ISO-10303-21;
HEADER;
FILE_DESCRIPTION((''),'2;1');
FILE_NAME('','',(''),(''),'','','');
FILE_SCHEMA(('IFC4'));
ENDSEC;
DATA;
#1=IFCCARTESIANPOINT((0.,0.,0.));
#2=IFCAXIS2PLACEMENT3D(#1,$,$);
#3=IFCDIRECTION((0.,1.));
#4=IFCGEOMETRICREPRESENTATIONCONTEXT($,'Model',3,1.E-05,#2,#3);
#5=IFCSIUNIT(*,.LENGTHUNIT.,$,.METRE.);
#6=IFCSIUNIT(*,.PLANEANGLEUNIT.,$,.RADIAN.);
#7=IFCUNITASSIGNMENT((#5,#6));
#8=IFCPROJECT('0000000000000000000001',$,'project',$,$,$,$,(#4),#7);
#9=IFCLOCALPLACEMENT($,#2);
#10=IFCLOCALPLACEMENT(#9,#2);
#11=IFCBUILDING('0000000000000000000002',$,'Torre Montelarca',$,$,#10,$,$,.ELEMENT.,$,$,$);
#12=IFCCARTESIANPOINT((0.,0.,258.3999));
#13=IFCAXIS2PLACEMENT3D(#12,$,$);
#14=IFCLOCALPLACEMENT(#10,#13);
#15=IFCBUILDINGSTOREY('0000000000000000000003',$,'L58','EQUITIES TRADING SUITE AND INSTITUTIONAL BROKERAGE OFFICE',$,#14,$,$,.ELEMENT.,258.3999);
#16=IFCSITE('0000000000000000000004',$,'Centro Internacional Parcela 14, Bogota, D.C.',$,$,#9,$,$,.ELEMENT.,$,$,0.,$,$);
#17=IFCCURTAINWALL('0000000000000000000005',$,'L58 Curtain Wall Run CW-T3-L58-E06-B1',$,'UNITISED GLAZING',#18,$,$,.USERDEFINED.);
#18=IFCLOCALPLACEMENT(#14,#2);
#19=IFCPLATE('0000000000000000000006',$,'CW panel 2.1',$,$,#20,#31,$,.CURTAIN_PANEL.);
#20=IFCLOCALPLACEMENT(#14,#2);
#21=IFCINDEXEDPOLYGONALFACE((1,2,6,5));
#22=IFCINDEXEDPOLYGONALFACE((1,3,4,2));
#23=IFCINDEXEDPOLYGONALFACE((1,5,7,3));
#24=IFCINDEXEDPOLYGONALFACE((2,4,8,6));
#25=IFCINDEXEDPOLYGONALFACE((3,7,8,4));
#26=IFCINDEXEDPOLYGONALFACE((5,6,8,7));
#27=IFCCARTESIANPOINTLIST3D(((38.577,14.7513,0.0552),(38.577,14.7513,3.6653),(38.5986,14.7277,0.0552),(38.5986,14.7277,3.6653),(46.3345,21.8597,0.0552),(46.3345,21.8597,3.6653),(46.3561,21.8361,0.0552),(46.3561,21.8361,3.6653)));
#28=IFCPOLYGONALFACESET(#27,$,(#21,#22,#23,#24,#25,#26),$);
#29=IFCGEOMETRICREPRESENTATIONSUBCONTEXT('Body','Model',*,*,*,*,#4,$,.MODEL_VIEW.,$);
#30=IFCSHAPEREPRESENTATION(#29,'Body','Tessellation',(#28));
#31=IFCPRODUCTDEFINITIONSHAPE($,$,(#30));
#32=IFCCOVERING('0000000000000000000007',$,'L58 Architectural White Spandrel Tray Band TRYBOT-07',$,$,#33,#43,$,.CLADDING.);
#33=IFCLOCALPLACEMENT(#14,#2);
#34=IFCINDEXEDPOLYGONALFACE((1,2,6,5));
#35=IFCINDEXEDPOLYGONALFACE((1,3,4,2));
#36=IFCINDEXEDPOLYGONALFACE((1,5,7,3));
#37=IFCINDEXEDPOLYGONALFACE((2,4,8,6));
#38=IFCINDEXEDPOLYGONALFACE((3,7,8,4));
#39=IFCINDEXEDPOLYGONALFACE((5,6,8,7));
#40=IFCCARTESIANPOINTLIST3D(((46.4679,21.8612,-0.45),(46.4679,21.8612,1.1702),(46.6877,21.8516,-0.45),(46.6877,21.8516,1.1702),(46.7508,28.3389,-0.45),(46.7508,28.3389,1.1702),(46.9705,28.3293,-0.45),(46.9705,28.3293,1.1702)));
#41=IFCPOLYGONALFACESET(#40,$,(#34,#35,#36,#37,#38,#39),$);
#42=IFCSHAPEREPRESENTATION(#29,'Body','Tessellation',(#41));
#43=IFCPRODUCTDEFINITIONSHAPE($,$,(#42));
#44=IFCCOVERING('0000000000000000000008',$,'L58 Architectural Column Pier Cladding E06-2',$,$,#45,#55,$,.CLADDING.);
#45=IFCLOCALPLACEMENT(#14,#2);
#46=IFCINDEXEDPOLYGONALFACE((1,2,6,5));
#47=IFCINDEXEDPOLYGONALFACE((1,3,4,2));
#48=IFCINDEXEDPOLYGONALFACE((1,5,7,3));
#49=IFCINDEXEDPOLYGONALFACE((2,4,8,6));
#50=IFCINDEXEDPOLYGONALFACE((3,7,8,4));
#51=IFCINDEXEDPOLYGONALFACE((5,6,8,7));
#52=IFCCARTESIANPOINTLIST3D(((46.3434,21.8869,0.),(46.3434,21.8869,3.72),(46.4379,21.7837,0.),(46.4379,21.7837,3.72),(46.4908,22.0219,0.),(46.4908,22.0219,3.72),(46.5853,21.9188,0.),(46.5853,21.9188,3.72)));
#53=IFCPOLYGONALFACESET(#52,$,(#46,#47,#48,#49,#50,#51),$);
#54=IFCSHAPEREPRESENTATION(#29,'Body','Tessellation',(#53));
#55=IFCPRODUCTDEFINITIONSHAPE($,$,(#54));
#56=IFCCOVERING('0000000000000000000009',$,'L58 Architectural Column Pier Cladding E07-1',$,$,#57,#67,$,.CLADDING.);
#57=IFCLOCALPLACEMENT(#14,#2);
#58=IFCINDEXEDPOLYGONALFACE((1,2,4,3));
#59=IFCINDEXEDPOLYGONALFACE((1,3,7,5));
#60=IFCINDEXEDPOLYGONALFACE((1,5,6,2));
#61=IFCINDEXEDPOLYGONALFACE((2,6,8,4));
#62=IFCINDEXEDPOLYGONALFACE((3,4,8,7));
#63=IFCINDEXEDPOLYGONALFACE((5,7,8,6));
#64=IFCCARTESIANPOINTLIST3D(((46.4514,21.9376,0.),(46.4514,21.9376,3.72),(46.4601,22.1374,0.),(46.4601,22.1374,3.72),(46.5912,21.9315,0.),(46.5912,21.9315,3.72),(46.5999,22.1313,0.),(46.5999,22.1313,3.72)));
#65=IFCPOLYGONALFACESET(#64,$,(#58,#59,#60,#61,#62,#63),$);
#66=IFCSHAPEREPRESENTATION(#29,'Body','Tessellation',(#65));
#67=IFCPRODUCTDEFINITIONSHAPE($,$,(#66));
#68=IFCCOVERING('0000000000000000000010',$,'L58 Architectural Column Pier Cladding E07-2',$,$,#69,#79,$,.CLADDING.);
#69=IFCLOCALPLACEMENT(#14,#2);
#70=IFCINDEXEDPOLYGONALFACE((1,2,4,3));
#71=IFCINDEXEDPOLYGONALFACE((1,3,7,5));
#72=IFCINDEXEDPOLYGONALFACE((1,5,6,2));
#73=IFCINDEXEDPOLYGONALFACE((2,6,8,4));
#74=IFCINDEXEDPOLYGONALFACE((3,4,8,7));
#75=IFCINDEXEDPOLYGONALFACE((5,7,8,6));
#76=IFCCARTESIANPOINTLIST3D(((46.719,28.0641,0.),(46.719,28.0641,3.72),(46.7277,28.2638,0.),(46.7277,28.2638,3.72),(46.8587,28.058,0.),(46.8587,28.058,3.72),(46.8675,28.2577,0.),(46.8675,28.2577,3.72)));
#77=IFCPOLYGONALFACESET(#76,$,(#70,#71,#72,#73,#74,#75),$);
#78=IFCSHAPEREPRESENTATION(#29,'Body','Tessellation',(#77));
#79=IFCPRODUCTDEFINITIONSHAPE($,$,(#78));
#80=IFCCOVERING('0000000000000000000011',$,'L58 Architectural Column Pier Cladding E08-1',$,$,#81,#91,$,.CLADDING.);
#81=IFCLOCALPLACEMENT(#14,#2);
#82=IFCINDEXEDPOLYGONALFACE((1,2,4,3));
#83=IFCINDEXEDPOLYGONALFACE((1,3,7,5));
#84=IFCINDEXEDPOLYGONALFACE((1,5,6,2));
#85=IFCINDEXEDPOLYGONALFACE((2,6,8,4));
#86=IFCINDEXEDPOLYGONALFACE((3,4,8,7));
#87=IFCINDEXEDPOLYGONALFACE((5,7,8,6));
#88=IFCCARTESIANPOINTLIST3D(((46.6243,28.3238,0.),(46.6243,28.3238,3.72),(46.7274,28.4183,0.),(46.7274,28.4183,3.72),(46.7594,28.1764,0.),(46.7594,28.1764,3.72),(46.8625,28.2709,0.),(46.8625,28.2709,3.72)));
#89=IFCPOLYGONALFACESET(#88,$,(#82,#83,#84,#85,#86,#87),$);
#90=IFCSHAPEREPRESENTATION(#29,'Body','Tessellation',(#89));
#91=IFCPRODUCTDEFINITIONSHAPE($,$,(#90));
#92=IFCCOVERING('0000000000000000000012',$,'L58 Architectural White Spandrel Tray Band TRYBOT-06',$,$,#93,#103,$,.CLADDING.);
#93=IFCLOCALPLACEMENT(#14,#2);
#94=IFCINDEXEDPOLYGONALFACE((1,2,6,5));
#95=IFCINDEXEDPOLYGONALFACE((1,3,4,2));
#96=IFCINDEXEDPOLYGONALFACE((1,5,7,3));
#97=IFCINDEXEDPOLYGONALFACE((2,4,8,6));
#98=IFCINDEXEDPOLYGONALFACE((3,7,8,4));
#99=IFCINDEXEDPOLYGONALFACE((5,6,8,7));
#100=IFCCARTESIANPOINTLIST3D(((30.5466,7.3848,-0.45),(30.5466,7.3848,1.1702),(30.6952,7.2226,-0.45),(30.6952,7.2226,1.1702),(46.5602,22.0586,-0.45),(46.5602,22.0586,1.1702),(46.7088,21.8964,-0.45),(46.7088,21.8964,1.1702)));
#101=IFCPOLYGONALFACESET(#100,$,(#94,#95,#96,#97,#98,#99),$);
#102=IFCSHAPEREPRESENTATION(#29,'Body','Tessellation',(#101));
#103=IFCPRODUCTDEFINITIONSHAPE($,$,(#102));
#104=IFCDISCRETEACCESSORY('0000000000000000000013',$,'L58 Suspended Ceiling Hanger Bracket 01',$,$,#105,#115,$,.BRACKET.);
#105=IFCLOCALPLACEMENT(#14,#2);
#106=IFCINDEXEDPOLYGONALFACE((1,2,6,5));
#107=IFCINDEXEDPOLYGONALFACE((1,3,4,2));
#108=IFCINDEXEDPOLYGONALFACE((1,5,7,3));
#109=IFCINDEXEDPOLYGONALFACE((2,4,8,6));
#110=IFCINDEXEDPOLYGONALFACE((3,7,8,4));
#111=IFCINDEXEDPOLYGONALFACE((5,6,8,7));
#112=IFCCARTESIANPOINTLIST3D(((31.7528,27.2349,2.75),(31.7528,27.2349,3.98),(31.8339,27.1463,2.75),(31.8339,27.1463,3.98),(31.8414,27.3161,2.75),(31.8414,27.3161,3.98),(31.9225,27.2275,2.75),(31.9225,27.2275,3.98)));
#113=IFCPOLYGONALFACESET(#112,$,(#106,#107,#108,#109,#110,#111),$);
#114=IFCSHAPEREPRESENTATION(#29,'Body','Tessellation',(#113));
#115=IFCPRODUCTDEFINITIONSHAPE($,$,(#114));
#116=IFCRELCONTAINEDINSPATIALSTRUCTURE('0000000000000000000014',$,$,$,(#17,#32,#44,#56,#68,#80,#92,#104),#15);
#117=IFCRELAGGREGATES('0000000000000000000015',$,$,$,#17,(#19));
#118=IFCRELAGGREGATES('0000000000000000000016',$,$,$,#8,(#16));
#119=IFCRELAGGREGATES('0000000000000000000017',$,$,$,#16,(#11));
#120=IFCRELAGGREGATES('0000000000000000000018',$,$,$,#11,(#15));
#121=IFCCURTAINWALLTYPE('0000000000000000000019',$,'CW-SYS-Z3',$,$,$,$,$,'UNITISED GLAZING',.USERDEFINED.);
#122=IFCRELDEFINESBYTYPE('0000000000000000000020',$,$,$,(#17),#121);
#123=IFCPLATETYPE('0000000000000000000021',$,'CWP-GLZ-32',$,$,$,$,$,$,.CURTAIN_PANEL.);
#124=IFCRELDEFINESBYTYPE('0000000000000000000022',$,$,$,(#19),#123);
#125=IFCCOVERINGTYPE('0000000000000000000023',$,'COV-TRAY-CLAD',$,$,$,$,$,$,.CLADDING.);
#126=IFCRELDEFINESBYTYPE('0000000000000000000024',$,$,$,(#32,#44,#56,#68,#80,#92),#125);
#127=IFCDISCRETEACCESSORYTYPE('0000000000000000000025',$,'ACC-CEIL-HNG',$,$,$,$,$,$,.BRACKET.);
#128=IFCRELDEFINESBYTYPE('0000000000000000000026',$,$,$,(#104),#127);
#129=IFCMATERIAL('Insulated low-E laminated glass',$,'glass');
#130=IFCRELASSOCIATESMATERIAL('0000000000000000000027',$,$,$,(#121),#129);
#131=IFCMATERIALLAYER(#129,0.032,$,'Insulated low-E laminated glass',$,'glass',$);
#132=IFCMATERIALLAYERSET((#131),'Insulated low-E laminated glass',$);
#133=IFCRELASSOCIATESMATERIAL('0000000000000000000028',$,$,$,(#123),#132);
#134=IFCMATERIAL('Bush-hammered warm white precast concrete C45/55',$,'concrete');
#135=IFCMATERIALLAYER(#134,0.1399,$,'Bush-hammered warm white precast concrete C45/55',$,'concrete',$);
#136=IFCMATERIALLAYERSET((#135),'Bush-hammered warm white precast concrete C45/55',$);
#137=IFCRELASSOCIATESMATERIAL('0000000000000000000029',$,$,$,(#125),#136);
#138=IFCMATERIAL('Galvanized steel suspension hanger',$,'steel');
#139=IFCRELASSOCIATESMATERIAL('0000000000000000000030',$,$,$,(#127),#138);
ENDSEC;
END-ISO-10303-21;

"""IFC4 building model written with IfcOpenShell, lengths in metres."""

from ifc_helpers import new_model, si_unit, direction, frame, origin, origin_2d, place, context, subcontext, project, spatial, rectangle, extrude, source, transform, mapped, material, layer, layer_set, type_object, element, aggregate, save


model = new_model("IFC4")

# Units and contexts
model_context = context("Model", 3, precision=1e-05, world=origin(), true_north=direction((0.0, 1.0)))
body_context = subcontext(model_context, "Body", "Model", "MODEL_VIEW")
ifc_project = project(units=[si_unit("LENGTHUNIT", "METRE"), si_unit("PLANEANGLEUNIT", "RADIAN")], contexts=[model_context])

# Site, building, storey
site_placement = place(None, origin())
site = spatial("IfcSite", under=ifc_project, at=site_placement, Name="Centro Internacional Parcela 14, Bogota, D.C.", CompositionType="ELEMENT", RefElevation=0.0)
building_placement = place(site_placement, origin())
building = spatial("IfcBuilding", under=site, at=building_placement, Name="Torre Montelarca", CompositionType="ELEMENT")
storey_placement = place(building_placement, frame((0.0, 0.0, 258.3999)))
storey = spatial("IfcBuildingStorey", under=building, at=storey_placement, Name="L58", Description="EQUITIES TRADING SUITE AND INSTITUTIONAL BROKERAGE OFFICE", CompositionType="ELEMENT", Elevation=258.3999)

# Curtain wall
ifc_material_1 = material(Name="Insulated low-E laminated glass", Category="glass")
curtain_wall_type = type_object("IfcCurtainWallType", Name="CW-SYS-Z3", ElementType="UNITISED GLAZING", PredefinedType="USERDEFINED", material=ifc_material_1)
curtain_wall_1_placement = place(storey_placement, origin())
curtain_wall_1 = element("IfcCurtainWall", 1, at=curtain_wall_1_placement, inside=storey, type_object=curtain_wall_type, Name="L58 Curtain Wall Run CW-T3-L58-E06-B1", ObjectType="UNITISED GLAZING", PredefinedType="USERDEFINED")

# Plate
ifc_layer_1 = layer(ifc_material_1, 0.032, Name="Insulated low-E laminated glass", Category="glass")
ifc_layer_set_1 = layer_set([ifc_layer_1], Name="Insulated low-E laminated glass")
plate_type = type_object("IfcPlateType", Name="CWP-GLZ-32", PredefinedType="CURTAIN_PANEL", material=ifc_layer_set_1)
shared_shape_1 = source(origin(), body_context, "Body", "SweptSolid", [
    extrude(rectangle(XDim=10.5217, YDim=0.032, at=origin_2d()), origin(), (0.0, 0.0, 1.0), 3.6101),
])
plate_1_placement = place(storey_placement, frame((42.4666, 18.2937, 0.0552), z_axis=(0.0, 0.0, 1.0), x_axis=(0.73728, 0.675587, 0.0)))
plate_1 = element("IfcPlate", 2, at=plate_1_placement, type_object=plate_type, Name="CW panel 2.1", PredefinedType="CURTAIN_PANEL", context=body_context, shape_type="MappedRepresentation", body=[
    mapped(shared_shape_1, transform((0.0, 0.0, 0.0), scale=1.0)),
])
aggregate(curtain_wall_1, [plate_1])

# Coverings
ifc_material_2 = material(Name="Bush-hammered warm white precast concrete C45/55", Category="concrete")
ifc_layer_2 = layer(ifc_material_2, 0.1399, Name="Bush-hammered warm white precast concrete C45/55", Category="concrete")
ifc_layer_set_2 = layer_set([ifc_layer_2], Name="Bush-hammered warm white precast concrete C45/55")
covering_type = type_object("IfcCoveringType", Name="COV-TRAY-CLAD", PredefinedType="CLADDING", material=ifc_layer_set_2)
shared_shape_2 = source(origin(), body_context, "Body", "SweptSolid", [
    extrude(rectangle(XDim=6.4839, YDim=0.22, at=origin_2d()), origin(), (0.0, 0.0, 1.0), 1.6201),
])
covering_1_placement = place(storey_placement, frame((46.7192, 25.0952, -0.45), z_axis=(0.0, 0.0, 1.0), x_axis=(0.043621, 0.999048, 0.0)))
element("IfcCovering", 3, at=covering_1_placement, inside=storey, type_object=covering_type, Name="L58 Architectural White Spandrel Tray Band TRYBOT-07", PredefinedType="CLADDING", context=body_context, shape_type="MappedRepresentation", body=[
    mapped(shared_shape_2, transform((0.0, 0.0, 0.0), scale=1.0)),
])
shared_shape_3 = source(origin(), body_context, "Body", "SweptSolid", [
    extrude(rectangle(XDim=0.2, YDim=0.1399, at=origin_2d()), origin(), (0.0, 0.0, 1.0), 3.72),
])
for number, where, z_axis, x_axis, name in (
    (4, (46.4644, 21.9028, 0.0), (0.0, 0.0, 1.0), (0.737277, 0.67559, 0.0), "L58 Architectural Column Pier Cladding E06-2"),
    (5, (46.5256, 22.0344, 0.0), (0.0, 0.0, 1.0), (0.043628, 0.999048, 0.0), "L58 Architectural Column Pier Cladding E07-1"),
    (6, (46.7932, 28.1609, 0.0), (0.0, 0.0, 1.0), (0.043628, 0.999048, 0.0), "L58 Architectural Column Pier Cladding E07-2"),
    (7, (46.7434, 28.2974, 0.0), (0.0, 0.0, 1.0), (-0.675589, 0.737279, 0.0), "L58 Architectural Column Pier Cladding E08-1"),
):
    element("IfcCovering", number, at=place(storey_placement, frame(where, z_axis=z_axis, x_axis=x_axis)), inside=storey, type_object=covering_type, Name=name, PredefinedType="CLADDING", context=body_context, shape_type="MappedRepresentation", body=[
        mapped(shared_shape_3, transform((0.0, 0.0, 0.0), scale=1.0)),
    ])
shared_shape_4 = source(origin(), body_context, "Body", "SweptSolid", [
    extrude(rectangle(XDim=21.72, YDim=0.22, at=origin_2d()), origin(), (0.0, 0.0, 1.0), 1.6201),
])
covering_2_placement = place(storey_placement, frame((38.6277, 14.6406, -0.45), z_axis=(0.0, 0.0, 1.0), x_axis=(0.737276, 0.675591, 0.0)))
element("IfcCovering", 8, at=covering_2_placement, inside=storey, type_object=covering_type, Name="L58 Architectural White Spandrel Tray Band TRYBOT-06", PredefinedType="CLADDING", context=body_context, shape_type="MappedRepresentation", body=[
    mapped(shared_shape_4, transform((0.0, 0.0, 0.0), scale=1.0)),
])

# Discrete accessory
ifc_material_3 = material(Name="Galvanized steel suspension hanger", Category="steel")
discrete_accessory_type = type_object("IfcDiscreteAccessoryType", Name="ACC-CEIL-HNG", PredefinedType="BRACKET", material=ifc_material_3)
shared_shape_5 = source(origin(), body_context, "Body", "SweptSolid", [
    extrude(rectangle(XDim=0.1201, YDim=0.1201, at=origin_2d()), origin(), (0.0, 0.0, 1.0), 1.23),
])
discrete_accessory_placement = place(storey_placement, frame((31.8376, 27.2312, 2.75), z_axis=(0.0, 0.0, 1.0), x_axis=(-0.67559, 0.737277, 0.0)))
element("IfcDiscreteAccessory", 9, at=discrete_accessory_placement, inside=storey, type_object=discrete_accessory_type, Name="L58 Suspended Ceiling Hanger Bracket 01", PredefinedType="BRACKET", context=body_context, shape_type="MappedRepresentation", body=[
    mapped(shared_shape_5, transform((0.0, 0.0, 0.0), scale=1.0)),
])

save(model, "model.ifc")
